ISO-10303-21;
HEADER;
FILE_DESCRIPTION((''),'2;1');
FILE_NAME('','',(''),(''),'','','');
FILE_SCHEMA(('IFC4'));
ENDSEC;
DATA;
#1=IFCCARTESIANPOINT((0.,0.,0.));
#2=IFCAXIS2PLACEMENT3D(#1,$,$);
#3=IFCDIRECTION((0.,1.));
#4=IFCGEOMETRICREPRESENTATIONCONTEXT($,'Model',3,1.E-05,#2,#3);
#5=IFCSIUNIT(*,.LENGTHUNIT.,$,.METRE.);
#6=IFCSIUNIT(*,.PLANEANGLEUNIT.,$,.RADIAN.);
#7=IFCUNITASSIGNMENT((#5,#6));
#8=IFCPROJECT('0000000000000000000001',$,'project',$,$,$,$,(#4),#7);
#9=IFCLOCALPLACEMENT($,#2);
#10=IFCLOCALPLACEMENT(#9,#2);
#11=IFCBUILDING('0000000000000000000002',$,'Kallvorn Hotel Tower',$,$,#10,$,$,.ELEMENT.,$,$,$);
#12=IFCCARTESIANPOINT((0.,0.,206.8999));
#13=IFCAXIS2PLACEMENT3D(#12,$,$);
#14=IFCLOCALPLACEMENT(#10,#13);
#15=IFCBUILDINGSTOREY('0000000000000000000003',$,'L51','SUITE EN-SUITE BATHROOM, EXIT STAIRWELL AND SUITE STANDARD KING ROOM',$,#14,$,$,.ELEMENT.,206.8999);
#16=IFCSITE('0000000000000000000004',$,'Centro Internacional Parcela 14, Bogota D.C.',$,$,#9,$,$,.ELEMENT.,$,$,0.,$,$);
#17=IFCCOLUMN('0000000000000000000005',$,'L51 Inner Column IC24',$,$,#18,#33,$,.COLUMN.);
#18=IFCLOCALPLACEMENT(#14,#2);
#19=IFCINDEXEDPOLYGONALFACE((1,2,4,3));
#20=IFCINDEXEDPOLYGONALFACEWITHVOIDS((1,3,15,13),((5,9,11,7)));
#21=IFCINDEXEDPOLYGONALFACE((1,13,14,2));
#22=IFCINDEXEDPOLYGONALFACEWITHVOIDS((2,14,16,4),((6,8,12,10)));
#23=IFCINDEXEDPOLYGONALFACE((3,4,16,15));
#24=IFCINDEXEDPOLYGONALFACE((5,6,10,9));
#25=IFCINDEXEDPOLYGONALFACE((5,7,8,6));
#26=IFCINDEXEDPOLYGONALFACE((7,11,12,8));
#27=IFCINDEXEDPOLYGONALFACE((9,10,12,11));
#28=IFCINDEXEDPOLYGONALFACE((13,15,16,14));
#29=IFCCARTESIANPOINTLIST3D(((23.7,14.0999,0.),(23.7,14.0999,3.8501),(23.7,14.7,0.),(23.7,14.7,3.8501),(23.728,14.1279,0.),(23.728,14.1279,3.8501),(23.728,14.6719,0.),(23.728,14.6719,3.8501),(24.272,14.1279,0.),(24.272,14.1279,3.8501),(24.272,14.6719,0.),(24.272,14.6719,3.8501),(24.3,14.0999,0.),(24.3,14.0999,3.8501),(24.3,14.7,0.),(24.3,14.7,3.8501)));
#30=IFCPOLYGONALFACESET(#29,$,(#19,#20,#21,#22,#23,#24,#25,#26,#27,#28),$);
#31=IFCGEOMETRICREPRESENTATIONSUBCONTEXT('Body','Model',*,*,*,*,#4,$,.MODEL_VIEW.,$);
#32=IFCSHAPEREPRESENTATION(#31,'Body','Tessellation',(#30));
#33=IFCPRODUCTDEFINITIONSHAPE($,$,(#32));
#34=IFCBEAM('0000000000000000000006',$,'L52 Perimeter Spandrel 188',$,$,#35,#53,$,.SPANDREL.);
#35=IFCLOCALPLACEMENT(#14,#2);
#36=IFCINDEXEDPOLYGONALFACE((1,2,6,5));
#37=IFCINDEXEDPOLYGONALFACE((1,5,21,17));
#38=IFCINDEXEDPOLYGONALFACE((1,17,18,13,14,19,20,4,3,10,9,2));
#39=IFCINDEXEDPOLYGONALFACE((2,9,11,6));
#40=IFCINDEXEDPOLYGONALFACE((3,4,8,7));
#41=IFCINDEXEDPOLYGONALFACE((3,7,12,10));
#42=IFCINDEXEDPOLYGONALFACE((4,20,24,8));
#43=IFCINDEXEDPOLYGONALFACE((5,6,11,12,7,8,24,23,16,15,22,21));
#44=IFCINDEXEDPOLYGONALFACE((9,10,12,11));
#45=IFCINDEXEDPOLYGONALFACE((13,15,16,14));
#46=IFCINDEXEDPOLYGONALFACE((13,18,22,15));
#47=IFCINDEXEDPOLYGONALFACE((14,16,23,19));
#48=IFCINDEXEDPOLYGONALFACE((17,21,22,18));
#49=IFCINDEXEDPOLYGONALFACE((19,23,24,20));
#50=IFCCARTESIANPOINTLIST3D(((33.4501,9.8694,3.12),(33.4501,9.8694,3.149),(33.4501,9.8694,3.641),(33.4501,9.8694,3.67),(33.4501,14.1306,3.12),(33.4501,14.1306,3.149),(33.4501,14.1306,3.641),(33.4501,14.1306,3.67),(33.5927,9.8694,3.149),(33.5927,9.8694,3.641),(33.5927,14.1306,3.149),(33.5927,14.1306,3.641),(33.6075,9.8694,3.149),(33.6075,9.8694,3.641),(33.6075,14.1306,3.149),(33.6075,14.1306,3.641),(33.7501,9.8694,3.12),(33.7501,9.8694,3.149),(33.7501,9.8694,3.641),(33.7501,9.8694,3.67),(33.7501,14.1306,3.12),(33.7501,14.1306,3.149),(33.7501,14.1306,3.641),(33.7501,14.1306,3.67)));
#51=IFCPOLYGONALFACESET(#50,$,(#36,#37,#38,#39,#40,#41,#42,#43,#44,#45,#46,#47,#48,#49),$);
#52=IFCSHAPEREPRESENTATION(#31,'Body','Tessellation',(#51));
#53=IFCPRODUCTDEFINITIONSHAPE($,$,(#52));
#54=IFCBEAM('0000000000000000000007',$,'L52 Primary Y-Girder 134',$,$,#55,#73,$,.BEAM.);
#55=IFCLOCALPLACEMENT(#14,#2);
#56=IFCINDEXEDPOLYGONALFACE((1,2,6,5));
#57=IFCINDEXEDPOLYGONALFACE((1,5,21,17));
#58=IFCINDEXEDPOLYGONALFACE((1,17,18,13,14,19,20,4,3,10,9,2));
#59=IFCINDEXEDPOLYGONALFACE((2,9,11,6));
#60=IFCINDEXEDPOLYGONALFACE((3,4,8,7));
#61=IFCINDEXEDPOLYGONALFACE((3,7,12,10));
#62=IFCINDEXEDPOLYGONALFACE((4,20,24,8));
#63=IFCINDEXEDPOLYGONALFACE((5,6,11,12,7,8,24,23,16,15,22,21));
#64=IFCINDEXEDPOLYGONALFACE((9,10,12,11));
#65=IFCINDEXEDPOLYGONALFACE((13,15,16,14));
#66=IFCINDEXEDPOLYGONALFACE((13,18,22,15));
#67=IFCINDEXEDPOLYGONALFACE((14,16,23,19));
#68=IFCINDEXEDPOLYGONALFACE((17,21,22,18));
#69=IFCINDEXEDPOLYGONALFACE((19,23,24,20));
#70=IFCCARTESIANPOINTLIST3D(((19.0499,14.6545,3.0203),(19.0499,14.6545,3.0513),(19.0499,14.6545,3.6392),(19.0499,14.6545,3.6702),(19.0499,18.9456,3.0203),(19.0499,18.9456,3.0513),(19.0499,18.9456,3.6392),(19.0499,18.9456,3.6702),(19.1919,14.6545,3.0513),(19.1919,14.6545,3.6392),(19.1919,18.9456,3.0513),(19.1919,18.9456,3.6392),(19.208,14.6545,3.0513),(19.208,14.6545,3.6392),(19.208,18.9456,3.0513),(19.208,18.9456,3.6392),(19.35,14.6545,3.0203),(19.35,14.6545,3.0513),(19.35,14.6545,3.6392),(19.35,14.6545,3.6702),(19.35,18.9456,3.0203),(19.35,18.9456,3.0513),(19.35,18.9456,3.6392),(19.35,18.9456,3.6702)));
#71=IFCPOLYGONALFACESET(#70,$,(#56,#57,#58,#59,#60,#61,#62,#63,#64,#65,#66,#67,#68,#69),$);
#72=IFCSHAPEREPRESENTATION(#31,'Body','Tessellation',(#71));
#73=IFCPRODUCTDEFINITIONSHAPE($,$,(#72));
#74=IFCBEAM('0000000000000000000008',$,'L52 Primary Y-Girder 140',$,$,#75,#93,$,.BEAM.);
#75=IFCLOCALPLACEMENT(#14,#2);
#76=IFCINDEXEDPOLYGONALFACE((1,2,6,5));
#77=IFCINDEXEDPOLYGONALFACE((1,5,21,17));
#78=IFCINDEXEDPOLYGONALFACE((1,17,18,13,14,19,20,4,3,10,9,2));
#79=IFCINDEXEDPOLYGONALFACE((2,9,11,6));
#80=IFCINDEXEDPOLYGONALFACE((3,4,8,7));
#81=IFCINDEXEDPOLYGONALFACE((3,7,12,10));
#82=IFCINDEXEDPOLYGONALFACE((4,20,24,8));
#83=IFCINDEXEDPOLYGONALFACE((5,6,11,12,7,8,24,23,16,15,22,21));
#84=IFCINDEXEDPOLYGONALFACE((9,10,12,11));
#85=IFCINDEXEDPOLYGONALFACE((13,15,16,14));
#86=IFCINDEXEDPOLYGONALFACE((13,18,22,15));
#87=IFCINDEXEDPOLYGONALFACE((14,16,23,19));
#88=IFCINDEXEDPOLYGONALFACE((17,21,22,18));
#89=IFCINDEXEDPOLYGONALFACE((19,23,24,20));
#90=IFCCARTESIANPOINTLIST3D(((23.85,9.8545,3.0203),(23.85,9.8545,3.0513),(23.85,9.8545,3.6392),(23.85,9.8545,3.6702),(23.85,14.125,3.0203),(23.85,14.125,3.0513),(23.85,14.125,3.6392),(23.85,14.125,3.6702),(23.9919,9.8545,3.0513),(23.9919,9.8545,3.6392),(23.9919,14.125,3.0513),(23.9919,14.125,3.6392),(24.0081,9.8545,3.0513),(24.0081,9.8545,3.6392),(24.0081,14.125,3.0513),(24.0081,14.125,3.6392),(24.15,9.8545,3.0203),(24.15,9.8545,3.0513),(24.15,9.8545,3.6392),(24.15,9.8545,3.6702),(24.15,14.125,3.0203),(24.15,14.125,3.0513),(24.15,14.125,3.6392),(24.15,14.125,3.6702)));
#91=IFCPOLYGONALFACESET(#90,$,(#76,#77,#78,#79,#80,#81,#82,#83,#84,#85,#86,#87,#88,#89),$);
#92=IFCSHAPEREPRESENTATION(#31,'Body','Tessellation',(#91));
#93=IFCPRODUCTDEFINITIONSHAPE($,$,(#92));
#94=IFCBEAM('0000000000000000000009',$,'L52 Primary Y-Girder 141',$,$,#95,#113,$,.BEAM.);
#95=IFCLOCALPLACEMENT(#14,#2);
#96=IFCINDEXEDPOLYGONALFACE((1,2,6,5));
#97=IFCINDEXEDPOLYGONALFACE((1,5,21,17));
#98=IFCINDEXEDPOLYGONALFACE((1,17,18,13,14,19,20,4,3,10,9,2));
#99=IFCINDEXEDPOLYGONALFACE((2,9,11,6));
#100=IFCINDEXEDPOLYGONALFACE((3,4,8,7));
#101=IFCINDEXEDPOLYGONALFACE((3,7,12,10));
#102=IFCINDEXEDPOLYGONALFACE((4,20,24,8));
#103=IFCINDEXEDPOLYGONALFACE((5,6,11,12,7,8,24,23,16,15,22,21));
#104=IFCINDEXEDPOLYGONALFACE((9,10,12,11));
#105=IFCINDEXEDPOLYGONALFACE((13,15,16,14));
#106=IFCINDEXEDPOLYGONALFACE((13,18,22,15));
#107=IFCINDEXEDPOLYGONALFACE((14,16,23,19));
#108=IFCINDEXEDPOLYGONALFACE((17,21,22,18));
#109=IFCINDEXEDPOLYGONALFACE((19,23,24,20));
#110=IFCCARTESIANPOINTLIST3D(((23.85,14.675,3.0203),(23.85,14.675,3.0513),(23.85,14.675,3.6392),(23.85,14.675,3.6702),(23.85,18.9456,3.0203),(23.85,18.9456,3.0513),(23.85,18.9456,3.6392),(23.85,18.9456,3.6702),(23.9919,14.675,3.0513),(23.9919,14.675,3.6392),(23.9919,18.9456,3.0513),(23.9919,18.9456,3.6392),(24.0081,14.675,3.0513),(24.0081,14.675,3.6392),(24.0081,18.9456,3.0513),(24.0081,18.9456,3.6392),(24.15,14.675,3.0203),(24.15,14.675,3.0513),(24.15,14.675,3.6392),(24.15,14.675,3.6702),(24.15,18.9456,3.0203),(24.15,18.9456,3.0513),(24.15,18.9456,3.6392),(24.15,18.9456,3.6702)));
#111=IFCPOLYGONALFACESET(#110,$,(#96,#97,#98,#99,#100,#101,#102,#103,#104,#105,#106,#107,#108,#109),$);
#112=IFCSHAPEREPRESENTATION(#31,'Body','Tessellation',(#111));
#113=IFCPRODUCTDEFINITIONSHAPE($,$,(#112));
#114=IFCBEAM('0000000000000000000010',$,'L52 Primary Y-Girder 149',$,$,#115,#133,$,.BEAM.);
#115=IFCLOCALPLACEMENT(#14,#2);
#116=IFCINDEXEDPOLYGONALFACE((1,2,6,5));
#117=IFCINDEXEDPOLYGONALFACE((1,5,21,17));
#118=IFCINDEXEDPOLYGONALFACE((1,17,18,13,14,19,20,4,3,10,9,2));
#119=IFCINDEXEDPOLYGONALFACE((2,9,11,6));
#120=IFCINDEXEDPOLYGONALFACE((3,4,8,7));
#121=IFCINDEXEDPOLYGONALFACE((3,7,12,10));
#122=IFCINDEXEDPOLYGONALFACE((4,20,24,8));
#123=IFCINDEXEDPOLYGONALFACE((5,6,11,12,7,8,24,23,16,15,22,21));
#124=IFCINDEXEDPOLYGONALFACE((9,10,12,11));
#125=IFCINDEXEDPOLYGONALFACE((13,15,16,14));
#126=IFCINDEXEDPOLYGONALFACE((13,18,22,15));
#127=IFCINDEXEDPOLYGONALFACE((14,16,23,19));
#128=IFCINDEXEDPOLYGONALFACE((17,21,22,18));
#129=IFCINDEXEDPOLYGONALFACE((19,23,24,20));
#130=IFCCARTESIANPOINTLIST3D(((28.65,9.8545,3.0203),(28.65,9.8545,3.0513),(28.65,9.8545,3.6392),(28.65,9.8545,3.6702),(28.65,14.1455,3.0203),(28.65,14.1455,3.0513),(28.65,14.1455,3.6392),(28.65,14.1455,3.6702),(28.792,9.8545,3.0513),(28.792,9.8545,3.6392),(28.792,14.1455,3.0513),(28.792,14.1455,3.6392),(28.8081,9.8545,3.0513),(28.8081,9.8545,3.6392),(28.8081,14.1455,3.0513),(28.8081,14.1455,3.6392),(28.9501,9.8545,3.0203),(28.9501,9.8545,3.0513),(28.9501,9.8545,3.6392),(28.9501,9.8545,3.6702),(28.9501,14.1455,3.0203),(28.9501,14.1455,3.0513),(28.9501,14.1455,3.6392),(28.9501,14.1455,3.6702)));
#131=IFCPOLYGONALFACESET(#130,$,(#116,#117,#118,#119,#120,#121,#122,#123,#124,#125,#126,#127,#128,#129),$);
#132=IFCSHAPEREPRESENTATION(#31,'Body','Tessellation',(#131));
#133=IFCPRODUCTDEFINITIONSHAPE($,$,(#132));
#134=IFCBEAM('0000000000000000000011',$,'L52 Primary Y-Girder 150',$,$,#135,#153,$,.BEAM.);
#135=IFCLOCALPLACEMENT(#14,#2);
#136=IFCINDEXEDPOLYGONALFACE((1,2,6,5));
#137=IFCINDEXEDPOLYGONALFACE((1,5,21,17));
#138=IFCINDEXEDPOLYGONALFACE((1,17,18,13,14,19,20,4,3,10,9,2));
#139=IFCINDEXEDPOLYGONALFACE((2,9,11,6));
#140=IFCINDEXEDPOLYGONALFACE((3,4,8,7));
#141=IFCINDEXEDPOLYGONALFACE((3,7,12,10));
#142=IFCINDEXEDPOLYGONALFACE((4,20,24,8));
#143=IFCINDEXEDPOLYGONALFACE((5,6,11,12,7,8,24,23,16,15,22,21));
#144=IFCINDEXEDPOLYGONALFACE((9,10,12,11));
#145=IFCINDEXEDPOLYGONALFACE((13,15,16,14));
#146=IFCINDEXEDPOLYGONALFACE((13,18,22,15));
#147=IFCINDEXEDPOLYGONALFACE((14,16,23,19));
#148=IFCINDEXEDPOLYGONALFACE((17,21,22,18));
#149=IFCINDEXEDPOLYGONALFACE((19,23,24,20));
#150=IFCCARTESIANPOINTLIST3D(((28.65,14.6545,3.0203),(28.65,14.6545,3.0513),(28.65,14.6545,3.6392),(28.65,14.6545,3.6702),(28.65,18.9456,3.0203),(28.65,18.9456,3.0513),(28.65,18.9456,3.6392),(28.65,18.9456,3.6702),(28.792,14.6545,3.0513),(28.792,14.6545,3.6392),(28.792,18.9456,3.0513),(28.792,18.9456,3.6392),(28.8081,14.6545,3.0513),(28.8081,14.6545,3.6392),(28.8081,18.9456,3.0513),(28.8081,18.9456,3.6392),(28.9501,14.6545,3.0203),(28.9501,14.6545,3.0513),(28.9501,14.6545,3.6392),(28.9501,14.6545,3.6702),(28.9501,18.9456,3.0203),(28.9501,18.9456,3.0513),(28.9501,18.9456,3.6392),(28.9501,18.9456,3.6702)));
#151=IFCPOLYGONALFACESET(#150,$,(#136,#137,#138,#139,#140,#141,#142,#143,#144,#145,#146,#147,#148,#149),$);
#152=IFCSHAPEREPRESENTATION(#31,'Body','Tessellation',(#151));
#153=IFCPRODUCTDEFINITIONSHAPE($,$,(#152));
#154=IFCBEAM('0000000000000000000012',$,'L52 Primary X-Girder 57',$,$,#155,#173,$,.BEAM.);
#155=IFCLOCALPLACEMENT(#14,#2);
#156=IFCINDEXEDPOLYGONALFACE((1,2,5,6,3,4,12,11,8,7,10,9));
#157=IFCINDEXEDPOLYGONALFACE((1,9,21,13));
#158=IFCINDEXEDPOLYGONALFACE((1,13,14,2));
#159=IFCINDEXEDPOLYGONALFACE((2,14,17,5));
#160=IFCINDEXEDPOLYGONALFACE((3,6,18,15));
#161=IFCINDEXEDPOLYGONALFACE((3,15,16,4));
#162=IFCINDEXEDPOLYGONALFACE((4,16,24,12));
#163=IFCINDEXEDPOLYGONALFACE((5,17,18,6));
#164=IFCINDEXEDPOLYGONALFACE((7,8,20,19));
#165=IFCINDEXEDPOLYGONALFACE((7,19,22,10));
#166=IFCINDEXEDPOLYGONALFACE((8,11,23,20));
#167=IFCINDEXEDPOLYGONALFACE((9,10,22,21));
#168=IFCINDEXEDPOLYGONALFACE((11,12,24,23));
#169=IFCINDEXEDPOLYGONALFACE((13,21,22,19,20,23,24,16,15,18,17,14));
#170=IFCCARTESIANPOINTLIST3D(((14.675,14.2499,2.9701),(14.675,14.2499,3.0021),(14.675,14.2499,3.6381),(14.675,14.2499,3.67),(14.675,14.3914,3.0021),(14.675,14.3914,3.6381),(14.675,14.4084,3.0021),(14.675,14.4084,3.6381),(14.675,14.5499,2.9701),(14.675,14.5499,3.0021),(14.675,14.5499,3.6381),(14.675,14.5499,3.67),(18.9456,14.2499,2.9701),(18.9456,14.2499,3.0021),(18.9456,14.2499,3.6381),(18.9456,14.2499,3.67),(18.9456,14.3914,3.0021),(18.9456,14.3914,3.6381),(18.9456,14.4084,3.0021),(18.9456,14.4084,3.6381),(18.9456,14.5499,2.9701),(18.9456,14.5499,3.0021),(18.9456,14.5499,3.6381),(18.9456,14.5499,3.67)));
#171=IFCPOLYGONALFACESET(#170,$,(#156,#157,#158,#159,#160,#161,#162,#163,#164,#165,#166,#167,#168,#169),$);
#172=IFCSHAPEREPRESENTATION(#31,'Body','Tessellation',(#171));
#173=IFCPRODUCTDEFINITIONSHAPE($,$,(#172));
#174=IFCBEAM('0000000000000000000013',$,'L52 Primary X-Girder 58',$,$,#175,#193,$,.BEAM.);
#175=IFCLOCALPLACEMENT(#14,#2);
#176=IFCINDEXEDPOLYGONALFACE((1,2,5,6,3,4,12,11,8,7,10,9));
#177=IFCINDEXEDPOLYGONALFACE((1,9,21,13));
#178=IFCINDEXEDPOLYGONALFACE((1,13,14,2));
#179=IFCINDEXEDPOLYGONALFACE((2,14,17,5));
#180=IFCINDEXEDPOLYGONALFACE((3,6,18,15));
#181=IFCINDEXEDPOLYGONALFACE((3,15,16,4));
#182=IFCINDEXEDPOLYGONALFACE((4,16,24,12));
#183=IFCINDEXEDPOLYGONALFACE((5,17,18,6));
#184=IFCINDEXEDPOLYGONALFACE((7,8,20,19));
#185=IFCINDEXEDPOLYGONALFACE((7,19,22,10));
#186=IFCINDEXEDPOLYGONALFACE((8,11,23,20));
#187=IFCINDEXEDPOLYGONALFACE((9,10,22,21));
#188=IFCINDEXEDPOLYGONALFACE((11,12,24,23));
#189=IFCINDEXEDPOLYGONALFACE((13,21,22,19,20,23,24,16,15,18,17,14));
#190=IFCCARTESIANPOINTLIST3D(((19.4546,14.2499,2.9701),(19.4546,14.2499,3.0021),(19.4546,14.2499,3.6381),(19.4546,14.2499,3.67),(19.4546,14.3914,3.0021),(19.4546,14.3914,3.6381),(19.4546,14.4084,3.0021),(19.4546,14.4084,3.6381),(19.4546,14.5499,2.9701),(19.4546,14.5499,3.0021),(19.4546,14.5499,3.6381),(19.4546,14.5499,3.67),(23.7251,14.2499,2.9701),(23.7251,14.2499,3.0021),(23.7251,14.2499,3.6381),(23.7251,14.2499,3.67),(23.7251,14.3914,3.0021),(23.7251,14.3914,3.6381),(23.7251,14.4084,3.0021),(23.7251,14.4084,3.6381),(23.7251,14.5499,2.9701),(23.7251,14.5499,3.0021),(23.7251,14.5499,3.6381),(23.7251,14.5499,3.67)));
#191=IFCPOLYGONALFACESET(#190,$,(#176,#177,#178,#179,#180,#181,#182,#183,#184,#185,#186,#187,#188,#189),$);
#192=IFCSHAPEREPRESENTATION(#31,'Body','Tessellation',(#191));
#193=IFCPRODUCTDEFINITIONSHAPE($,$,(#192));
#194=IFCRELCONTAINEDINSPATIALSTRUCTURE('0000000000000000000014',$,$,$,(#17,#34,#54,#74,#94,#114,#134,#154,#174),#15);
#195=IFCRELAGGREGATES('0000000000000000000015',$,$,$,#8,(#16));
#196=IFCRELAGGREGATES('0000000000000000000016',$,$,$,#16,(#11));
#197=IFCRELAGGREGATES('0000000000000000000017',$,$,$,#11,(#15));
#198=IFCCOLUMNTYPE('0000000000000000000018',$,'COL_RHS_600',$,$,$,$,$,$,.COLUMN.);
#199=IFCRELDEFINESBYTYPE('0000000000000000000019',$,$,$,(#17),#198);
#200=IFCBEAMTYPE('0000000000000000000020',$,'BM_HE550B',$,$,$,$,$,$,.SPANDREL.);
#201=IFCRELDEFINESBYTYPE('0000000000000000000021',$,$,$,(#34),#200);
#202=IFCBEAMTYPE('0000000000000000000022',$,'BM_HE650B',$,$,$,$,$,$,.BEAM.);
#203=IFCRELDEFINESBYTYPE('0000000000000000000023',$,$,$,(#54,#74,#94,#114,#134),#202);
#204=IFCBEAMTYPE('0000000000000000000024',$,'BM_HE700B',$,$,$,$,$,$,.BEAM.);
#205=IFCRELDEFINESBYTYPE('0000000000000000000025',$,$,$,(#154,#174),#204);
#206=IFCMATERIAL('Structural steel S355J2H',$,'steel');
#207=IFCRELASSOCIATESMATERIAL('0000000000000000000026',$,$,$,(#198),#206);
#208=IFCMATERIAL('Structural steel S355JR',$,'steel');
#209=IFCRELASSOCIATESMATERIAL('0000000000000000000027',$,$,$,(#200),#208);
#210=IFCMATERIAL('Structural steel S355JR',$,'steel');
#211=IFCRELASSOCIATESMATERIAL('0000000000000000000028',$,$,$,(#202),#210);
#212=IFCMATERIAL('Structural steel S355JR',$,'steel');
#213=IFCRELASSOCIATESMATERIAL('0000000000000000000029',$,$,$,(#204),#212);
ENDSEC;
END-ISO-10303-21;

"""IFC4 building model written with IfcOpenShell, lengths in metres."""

from ifc_helpers import new_model, si_unit, direction, frame, origin, origin_2d, place, context, subcontext, project, spatial, hollow_rectangle, i_section, extrude, material, material_profile, profile_set, type_object, element, save


model = new_model("IFC4")

# Units and contexts
model_context = context("Model", 3, precision=1e-05, world=origin(), true_north=direction((0.0, 1.0)))
body_context = subcontext(model_context, "Body", "Model", "MODEL_VIEW")
ifc_project = project(units=[si_unit("LENGTHUNIT", "METRE"), si_unit("PLANEANGLEUNIT", "RADIAN")], contexts=[model_context])

# Site, building, storey
site_placement = place(None, origin())
site = spatial("IfcSite", under=ifc_project, at=site_placement, Name="Centro Internacional Parcela 14, Bogota D.C.", CompositionType="ELEMENT", RefElevation=0.0)
building_placement = place(site_placement, origin())
building = spatial("IfcBuilding", under=site, at=building_placement, Name="Kallvorn Hotel Tower", CompositionType="ELEMENT")
storey_placement = place(building_placement, frame((0.0, 0.0, 206.8999)))
storey = spatial("IfcBuildingStorey", under=building, at=storey_placement, Name="L51", Description="SUITE EN-SUITE BATHROOM, EXIT STAIRWELL AND SUITE STANDARD KING ROOM", CompositionType="ELEMENT", Elevation=206.8999)

# Column
ifc_material_1 = material(Name="Structural steel S355J2H", Category="steel")
ifc_material_profile_1 = material_profile(ifc_material_1, hollow_rectangle(XDim=0.6001, YDim=0.6001, WallThickness=0.0281, at=origin_2d()), Name="RHS 600x600x28")
ifc_profile_set_1 = profile_set([ifc_material_profile_1], Name="Structural steel S355J2H")
column_type_1 = type_object("IfcColumnType", Name="COL_RHS_600", PredefinedType="COLUMN", material=ifc_profile_set_1)
column_placement = place(storey_placement, frame((24.0, 14.3999, 0.0), z_axis=(0.0, 0.0, 1.0), x_axis=(1.0, 0.0, 0.0)))
element("IfcColumn", 1, at=column_placement, inside=storey, type_object=column_type_1, Name="L51 Inner Column IC24", PredefinedType="COLUMN", context=body_context, shape_type="SweptSolid", body=[
    extrude(hollow_rectangle(XDim=0.6001, YDim=0.6001, WallThickness=0.0281, at=origin_2d()), origin(), (0.0, 0.0, 1.0), 3.8501),
])

# Beams
ifc_material_2 = material(Name="Structural steel S355JR", Category="steel")
ifc_material_profile_2 = material_profile(ifc_material_2, i_section(OverallWidth=0.3, OverallDepth=0.55, WebThickness=0.0149, FlangeThickness=0.0291, at=origin_2d()), Name="HE 550 B")
ifc_profile_set_2 = profile_set([ifc_material_profile_2], Name="Structural steel S355JR")
beam_type_1 = type_object("IfcBeamType", Name="BM_HE550B", PredefinedType="SPANDREL", material=ifc_profile_set_2)
beam_1_placement = place(storey_placement, frame((33.6001, 9.8694, 3.395), z_axis=(0.0, 1.0, 0.0), x_axis=(-1.0, 0.0, 0.0)))
element("IfcBeam", 2, at=beam_1_placement, inside=storey, type_object=beam_type_1, Name="L52 Perimeter Spandrel 188", PredefinedType="SPANDREL", context=body_context, shape_type="SweptSolid", body=[
    extrude(i_section(OverallWidth=0.3, OverallDepth=0.55, WebThickness=0.0149, FlangeThickness=0.0291, at=origin_2d()), origin(), (0.0, 0.0, 1.0), 4.2612),
])
ifc_material_3 = material(Name="Structural steel S355JR", Category="steel")
ifc_material_profile_3 = material_profile(ifc_material_3, i_section(OverallWidth=0.3, OverallDepth=0.6499, WebThickness=0.0161, FlangeThickness=0.031, at=origin_2d()), Name="HE 650 B")
ifc_profile_set_3 = profile_set([ifc_material_profile_3], Name="Structural steel S355JR")
beam_type_2 = type_object("IfcBeamType", Name="BM_HE650B", PredefinedType="BEAM", material=ifc_profile_set_3)
beam_2_placement = place(storey_placement, frame((19.2, 14.6545, 3.3452), z_axis=(0.0, 1.0, 0.0), x_axis=(-1.0, 0.0, 0.0)))
element("IfcBeam", 3, at=beam_2_placement, inside=storey, type_object=beam_type_2, Name="L52 Primary Y-Girder 134", PredefinedType="BEAM", context=body_context, shape_type="SweptSolid", body=[
    extrude(i_section(OverallWidth=0.3, OverallDepth=0.6499, WebThickness=0.0161, FlangeThickness=0.031, at=origin_2d()), origin(), (0.0, 0.0, 1.0), 4.291),
])
for number, where, z_axis, x_axis, name in (
    (4, (24.0, 9.8545, 3.3452), (0.0, 1.0, 0.0), (-1.0, 0.0, 0.0), "L52 Primary Y-Girder 140"),
    (5, (24.0, 14.675, 3.3452), (0.0, 1.0, 0.0), (-1.0, 0.0, 0.0), "L52 Primary Y-Girder 141"),
):
    element("IfcBeam", number, at=place(storey_placement, frame(where, z_axis=z_axis, x_axis=x_axis)), inside=storey, type_object=beam_type_2, Name=name, PredefinedType="BEAM", context=body_context, shape_type="SweptSolid", body=[
        extrude(i_section(OverallWidth=0.3, OverallDepth=0.6499, WebThickness=0.0161, FlangeThickness=0.031, at=origin_2d()), origin(), (0.0, 0.0, 1.0), 4.2705),
    ])
for number, where, z_axis, x_axis, name in (
    (6, (28.8, 9.8545, 3.3452), (0.0, 1.0, 0.0), (-1.0, 0.0, 0.0), "L52 Primary Y-Girder 149"),
    (7, (28.8, 14.6545, 3.3452), (0.0, 1.0, 0.0), (-1.0, 0.0, 0.0), "L52 Primary Y-Girder 150"),
):
    element("IfcBeam", number, at=place(storey_placement, frame(where, z_axis=z_axis, x_axis=x_axis)), inside=storey, type_object=beam_type_2, Name=name, PredefinedType="BEAM", context=body_context, shape_type="SweptSolid", body=[
        extrude(i_section(OverallWidth=0.3, OverallDepth=0.6499, WebThickness=0.0161, FlangeThickness=0.031, at=origin_2d()), origin(), (0.0, 0.0, 1.0), 4.291),
    ])
ifc_material_4 = material(Name="Structural steel S355JR", Category="steel")
ifc_material_profile_4 = material_profile(ifc_material_4, i_section(OverallWidth=0.3, OverallDepth=0.7, WebThickness=0.0171, FlangeThickness=0.032, at=origin_2d()), Name="HE 700 B")
ifc_profile_set_4 = profile_set([ifc_material_profile_4], Name="Structural steel S355JR")
beam_type_3 = type_object("IfcBeamType", Name="BM_HE700B", PredefinedType="BEAM", material=ifc_profile_set_4)
for number, where, z_axis, x_axis, name in (
    (8, (14.675, 14.3999, 3.3201), (1.0, 0.0, 0.0), (0.0, 1.0, 0.0), "L52 Primary X-Girder 57"),
    (9, (19.4546, 14.3999, 3.3201), (1.0, 0.0, 0.0), (0.0, 1.0, 0.0), "L52 Primary X-Girder 58"),
):
    element("IfcBeam", number, at=place(storey_placement, frame(where, z_axis=z_axis, x_axis=x_axis)), inside=storey, type_object=beam_type_3, Name=name, PredefinedType="BEAM", context=body_context, shape_type="SweptSolid", body=[
        extrude(i_section(OverallWidth=0.3, OverallDepth=0.7, WebThickness=0.0171, FlangeThickness=0.032, at=origin_2d()), origin(), (0.0, 0.0, 1.0), 4.2705),
    ])

save(model, "model.ifc")
